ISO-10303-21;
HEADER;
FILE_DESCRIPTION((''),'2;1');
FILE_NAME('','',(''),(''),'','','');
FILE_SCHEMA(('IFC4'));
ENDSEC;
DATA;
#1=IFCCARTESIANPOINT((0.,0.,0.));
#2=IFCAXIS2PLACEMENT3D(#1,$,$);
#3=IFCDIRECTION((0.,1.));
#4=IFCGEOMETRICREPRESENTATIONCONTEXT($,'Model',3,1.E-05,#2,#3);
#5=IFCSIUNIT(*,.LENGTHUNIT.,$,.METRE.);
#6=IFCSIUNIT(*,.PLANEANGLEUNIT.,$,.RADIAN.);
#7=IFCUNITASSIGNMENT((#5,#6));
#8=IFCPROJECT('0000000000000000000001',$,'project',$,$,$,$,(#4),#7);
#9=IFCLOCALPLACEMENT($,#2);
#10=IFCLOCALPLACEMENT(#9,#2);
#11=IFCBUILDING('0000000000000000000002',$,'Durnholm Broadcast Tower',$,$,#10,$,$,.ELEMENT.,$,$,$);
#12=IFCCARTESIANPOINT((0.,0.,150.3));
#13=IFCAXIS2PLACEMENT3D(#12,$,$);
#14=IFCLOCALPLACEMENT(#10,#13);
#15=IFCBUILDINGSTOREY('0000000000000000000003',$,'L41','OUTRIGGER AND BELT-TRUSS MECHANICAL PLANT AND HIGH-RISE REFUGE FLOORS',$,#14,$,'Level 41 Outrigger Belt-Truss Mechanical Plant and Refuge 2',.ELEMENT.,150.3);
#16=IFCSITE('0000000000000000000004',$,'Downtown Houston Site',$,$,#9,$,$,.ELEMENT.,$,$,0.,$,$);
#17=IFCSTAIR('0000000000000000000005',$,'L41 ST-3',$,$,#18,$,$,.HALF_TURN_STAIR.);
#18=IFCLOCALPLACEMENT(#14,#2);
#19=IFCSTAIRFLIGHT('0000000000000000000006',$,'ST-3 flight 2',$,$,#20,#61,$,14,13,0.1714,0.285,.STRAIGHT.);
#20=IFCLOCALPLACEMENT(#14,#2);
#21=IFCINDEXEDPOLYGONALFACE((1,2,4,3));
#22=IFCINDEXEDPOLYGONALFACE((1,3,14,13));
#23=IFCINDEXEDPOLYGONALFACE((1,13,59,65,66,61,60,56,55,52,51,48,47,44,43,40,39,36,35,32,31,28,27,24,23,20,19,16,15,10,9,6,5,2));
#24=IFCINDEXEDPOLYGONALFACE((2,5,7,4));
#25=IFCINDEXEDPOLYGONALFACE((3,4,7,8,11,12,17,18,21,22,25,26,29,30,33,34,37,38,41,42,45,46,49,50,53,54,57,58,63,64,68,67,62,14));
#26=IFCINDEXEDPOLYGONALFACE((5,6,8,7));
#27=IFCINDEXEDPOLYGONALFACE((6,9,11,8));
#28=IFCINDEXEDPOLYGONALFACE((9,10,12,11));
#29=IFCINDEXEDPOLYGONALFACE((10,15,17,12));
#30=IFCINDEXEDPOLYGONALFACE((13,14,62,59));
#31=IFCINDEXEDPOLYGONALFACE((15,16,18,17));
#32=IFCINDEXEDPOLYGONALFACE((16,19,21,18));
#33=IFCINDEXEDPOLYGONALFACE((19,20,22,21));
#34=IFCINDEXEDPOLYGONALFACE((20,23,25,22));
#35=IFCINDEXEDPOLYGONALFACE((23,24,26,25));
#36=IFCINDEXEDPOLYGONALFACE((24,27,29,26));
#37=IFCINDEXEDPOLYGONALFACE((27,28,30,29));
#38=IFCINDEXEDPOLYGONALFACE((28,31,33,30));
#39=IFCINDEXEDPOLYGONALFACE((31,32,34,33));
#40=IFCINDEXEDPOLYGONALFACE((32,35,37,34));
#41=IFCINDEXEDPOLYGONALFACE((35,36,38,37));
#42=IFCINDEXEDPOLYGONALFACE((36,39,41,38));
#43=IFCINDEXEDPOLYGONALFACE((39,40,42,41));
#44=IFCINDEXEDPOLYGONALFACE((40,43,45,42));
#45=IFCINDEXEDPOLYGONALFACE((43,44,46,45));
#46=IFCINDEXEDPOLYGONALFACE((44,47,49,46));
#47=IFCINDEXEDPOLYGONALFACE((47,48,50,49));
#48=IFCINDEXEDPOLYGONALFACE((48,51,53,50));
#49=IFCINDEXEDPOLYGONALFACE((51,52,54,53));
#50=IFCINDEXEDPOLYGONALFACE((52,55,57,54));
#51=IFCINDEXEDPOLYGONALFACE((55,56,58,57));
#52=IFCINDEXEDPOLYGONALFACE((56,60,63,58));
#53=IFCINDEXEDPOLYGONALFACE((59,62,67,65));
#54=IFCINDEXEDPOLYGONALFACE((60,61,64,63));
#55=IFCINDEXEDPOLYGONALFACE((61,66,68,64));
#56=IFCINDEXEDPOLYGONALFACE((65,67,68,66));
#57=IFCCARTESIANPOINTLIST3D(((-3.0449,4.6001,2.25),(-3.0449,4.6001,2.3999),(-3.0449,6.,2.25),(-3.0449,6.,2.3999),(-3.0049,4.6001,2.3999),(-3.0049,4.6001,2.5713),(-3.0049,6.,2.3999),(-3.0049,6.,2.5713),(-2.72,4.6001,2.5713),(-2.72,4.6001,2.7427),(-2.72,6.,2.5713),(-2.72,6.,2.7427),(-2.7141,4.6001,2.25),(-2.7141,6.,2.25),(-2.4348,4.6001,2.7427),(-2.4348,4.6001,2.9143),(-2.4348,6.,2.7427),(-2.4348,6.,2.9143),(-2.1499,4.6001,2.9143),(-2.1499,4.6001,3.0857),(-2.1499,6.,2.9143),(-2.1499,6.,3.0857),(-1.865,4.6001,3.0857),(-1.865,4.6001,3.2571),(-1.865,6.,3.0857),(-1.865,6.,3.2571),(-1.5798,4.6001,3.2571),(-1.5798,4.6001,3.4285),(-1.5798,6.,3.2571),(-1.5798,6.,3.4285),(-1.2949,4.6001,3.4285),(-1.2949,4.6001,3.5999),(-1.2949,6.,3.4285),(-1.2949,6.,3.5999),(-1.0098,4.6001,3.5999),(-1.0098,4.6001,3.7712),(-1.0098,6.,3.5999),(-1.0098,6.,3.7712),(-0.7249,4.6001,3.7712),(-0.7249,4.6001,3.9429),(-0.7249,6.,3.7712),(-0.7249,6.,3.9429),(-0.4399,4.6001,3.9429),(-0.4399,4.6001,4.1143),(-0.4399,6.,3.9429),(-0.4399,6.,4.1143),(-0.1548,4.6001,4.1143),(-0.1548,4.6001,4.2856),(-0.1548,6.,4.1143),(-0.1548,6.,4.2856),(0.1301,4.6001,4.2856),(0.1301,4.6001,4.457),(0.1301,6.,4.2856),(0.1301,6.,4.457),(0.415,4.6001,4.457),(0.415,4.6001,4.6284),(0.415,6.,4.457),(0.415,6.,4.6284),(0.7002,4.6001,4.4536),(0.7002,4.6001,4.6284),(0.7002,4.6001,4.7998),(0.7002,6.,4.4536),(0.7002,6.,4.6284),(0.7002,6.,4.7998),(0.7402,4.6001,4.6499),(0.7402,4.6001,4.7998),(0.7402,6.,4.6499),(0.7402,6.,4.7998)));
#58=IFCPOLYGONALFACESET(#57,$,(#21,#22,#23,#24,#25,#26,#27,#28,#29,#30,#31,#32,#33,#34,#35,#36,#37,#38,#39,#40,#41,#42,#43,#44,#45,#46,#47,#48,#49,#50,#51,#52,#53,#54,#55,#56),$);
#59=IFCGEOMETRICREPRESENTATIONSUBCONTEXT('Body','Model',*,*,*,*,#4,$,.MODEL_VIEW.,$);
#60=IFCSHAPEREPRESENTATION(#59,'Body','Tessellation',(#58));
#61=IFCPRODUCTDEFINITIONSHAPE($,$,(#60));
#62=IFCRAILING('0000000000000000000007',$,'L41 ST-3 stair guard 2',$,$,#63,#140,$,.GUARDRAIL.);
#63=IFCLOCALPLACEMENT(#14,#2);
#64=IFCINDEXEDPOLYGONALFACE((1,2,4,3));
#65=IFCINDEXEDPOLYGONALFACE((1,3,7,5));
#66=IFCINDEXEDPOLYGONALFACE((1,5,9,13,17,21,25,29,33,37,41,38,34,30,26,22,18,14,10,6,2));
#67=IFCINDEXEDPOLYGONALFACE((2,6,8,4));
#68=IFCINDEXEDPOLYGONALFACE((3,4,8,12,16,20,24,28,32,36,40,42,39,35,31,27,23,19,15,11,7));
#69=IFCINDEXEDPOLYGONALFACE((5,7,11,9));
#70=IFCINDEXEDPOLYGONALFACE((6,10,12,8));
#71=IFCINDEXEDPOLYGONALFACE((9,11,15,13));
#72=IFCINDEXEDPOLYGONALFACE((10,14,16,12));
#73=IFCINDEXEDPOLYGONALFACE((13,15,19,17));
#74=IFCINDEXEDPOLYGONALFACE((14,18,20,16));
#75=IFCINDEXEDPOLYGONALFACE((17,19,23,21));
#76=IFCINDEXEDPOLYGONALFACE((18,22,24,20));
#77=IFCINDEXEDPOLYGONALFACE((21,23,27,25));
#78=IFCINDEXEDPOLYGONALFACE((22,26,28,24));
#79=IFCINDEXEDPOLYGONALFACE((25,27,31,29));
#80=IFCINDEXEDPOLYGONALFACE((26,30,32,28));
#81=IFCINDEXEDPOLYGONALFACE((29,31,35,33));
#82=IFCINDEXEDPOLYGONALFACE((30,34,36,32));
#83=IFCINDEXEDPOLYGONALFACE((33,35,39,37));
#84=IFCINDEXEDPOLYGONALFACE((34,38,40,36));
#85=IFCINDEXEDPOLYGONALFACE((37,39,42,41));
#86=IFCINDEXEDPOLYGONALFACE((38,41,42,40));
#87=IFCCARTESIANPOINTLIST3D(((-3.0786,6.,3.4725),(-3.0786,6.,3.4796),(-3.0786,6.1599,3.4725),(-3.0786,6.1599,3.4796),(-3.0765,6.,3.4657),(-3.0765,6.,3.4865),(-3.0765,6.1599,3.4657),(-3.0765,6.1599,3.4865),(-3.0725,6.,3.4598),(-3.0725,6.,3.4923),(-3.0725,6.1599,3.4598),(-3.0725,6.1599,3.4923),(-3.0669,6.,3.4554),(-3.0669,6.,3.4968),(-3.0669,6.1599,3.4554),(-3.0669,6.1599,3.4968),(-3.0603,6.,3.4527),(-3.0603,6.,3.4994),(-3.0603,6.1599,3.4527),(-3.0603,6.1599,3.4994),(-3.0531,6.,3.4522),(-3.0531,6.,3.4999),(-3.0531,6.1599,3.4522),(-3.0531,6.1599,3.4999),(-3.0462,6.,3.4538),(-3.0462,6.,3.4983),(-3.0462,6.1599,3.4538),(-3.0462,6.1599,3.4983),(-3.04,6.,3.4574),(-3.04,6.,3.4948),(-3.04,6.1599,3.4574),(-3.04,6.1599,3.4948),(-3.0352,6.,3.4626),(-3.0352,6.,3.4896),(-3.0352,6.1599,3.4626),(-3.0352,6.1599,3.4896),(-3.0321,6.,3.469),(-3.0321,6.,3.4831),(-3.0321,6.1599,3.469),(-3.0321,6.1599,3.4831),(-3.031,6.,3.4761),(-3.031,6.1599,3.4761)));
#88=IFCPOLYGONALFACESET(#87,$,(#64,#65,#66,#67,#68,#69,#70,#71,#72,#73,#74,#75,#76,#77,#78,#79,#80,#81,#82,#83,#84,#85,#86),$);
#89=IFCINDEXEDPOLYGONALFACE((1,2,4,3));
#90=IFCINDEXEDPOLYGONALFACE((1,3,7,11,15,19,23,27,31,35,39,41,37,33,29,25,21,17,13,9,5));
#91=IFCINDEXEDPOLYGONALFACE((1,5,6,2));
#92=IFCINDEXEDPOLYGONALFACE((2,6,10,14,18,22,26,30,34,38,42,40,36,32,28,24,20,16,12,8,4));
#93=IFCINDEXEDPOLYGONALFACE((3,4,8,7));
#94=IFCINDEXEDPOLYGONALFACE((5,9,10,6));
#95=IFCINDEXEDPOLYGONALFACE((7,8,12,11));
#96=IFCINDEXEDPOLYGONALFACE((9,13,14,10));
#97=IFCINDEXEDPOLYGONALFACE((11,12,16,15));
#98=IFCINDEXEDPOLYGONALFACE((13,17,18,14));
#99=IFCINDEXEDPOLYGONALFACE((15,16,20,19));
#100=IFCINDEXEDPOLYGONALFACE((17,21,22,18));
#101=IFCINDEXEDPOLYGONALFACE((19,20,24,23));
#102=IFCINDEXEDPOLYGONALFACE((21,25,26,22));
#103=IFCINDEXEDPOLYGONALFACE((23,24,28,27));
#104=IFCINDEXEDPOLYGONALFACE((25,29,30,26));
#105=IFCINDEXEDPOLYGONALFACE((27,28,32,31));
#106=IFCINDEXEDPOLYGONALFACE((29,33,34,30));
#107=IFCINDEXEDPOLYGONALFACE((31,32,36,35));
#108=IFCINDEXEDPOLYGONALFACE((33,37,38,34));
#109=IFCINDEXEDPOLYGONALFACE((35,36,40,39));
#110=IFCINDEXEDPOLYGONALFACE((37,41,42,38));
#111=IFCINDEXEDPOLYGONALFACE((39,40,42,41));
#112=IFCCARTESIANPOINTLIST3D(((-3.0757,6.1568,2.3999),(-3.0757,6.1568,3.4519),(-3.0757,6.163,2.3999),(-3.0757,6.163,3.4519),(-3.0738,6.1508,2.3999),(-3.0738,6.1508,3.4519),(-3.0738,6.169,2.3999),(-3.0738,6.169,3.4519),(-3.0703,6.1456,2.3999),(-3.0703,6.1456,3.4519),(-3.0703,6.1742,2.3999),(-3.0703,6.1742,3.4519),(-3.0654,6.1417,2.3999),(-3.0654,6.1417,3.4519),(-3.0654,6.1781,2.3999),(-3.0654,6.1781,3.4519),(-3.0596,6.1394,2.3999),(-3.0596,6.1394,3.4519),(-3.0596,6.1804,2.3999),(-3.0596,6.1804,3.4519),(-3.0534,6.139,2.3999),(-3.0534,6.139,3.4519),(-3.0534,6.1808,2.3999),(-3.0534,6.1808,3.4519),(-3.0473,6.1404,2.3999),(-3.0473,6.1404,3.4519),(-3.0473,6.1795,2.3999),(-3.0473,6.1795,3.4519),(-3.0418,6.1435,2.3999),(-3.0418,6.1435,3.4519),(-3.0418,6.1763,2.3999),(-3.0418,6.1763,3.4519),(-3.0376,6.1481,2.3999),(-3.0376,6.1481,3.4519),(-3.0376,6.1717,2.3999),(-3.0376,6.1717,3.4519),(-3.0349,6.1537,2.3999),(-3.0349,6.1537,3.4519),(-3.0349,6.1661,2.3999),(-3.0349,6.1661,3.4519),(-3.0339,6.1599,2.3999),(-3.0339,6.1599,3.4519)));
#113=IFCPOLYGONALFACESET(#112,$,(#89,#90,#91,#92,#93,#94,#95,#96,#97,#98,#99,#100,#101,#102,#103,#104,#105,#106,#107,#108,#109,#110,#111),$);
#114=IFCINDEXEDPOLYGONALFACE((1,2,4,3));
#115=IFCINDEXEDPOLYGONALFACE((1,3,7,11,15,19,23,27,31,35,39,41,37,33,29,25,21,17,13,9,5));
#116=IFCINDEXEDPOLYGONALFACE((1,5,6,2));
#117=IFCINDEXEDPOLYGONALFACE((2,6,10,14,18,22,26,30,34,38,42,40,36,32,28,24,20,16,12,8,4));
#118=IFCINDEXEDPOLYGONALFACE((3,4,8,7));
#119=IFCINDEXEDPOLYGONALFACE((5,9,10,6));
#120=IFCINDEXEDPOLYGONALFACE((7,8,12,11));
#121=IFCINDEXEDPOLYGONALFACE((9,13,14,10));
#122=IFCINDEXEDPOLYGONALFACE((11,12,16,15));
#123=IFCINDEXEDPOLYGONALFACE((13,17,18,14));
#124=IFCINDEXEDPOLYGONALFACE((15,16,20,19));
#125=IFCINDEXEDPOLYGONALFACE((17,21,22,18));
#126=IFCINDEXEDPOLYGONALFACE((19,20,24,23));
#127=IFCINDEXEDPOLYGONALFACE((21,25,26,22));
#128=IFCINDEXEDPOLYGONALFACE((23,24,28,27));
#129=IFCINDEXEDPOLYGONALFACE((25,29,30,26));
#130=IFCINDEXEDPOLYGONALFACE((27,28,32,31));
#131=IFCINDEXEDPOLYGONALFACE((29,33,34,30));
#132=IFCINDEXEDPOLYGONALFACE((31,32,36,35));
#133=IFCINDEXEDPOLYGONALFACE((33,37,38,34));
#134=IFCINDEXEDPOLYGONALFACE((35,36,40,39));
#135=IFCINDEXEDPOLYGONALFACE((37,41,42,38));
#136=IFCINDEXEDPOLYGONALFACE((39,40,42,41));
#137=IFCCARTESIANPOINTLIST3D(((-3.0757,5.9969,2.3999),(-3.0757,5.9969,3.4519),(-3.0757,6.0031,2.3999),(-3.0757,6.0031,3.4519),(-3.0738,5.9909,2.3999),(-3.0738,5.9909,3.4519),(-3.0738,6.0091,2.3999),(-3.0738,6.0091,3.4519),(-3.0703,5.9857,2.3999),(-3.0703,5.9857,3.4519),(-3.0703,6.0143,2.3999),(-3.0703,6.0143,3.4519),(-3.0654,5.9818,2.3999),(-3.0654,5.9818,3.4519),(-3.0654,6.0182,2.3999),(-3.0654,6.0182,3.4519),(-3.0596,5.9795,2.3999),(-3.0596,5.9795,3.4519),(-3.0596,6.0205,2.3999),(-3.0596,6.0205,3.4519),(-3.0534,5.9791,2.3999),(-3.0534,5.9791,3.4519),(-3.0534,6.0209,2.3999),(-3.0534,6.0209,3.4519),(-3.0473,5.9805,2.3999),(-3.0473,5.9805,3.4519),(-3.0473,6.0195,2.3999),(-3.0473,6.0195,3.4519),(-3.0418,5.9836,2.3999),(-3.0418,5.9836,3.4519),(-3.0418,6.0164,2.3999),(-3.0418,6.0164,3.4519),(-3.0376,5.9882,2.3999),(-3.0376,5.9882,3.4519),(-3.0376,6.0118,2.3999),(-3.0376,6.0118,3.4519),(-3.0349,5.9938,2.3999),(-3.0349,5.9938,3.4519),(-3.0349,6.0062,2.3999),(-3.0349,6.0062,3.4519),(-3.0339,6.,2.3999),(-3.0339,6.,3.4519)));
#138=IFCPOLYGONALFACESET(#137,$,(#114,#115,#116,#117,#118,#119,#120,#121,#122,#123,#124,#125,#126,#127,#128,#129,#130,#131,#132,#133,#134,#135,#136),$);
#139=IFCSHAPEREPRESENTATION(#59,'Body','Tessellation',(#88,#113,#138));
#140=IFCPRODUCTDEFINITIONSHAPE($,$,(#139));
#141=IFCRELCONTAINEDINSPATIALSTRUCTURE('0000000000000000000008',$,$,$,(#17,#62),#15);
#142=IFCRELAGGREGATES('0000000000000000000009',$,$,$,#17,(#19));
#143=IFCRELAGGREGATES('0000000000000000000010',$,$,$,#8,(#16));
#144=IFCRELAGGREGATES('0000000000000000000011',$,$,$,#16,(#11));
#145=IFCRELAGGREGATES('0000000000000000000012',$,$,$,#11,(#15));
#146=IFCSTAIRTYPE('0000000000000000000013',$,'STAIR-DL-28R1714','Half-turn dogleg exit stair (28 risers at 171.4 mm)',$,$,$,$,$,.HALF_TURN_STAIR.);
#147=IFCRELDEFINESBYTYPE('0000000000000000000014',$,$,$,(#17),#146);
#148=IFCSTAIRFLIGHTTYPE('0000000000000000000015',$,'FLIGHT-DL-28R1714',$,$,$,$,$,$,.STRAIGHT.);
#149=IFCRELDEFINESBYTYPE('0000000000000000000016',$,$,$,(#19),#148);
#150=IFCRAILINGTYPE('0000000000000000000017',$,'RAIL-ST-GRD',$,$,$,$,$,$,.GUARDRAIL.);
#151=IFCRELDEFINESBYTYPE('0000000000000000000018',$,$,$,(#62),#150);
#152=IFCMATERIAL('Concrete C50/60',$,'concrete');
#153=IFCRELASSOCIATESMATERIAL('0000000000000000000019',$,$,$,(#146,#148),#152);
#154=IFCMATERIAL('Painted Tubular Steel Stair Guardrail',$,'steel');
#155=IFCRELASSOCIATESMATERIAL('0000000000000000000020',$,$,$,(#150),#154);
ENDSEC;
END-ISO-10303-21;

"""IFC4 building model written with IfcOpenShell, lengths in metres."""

from ifc_helpers import new_model, si_unit, direction, frame, origin, origin_2d, place, context, subcontext, project, spatial, polyline, circle, outline, extrude, material, type_object, element, aggregate, save


model = new_model("IFC4")

# Units and contexts
model_context = context("Model", 3, precision=1e-05, world=origin(), true_north=direction((0.0, 1.0)))
body_context = subcontext(model_context, "Body", "Model", "MODEL_VIEW")
ifc_project = project(units=[si_unit("LENGTHUNIT", "METRE"), si_unit("PLANEANGLEUNIT", "RADIAN")], contexts=[model_context])

# Site, building, storey
site_placement = place(None, origin())
site = spatial("IfcSite", under=ifc_project, at=site_placement, Name="Downtown Houston Site", CompositionType="ELEMENT", RefElevation=0.0)
building_placement = place(site_placement, origin())
building = spatial("IfcBuilding", under=site, at=building_placement, Name="Durnholm Broadcast Tower", CompositionType="ELEMENT")
storey_placement = place(building_placement, frame((0.0, 0.0, 150.3)))
storey = spatial("IfcBuildingStorey", under=building, at=storey_placement, Name="L41", Description="OUTRIGGER AND BELT-TRUSS MECHANICAL PLANT AND HIGH-RISE REFUGE FLOORS", LongName="Level 41 Outrigger Belt-Truss Mechanical Plant and Refuge 2", CompositionType="ELEMENT", Elevation=150.3)

# Stair
ifc_material_1 = material(Name="Concrete C50/60", Category="concrete")
stair_type = type_object("IfcStairType", Name="STAIR-DL-28R1714", Description="Half-turn dogleg exit stair (28 risers at 171.4 mm)", PredefinedType="HALF_TURN_STAIR", material=ifc_material_1)
stair_1_placement = place(storey_placement, origin())
stair_1 = element("IfcStair", 1, at=stair_1_placement, inside=storey, type_object=stair_type, Name="L41 ST-3", PredefinedType="HALF_TURN_STAIR")

# Stair flight
stair_flight_type = type_object("IfcStairFlightType", Name="FLIGHT-DL-28R1714", PredefinedType="STRAIGHT", material=ifc_material_1)
stair_flight_placement = place(storey_placement, frame((-3.0049, 5.3, 2.3999), z_axis=(0.0, 0.0, 1.0), x_axis=(1.0, 0.0, 0.0)))
stair_flight = element("IfcStairFlight", 2, at=stair_flight_placement, type_object=stair_flight_type, Name="ST-3 flight 2", NumberOfRisers=14, NumberOfTreads=13, PredefinedType="STRAIGHT", RiserHeight=0.1714, TreadLength=0.285, context=body_context, shape_type="SweptSolid", body=[
    extrude(outline(polyline([(-0.04, -0.1499), (-0.04, 0.0), (0.0, 0.0), (0.0, 0.1714), (0.2849, 0.1714), (0.2849, 0.3428), (0.5701, 0.3428), (0.5701, 0.5144), (0.855, 0.5144), (0.855, 0.6858), (1.1399, 0.6858), (1.1399, 0.8572), (1.425, 0.8572), (1.425, 1.0286), (1.71, 1.0286), (1.71, 1.2), (1.9951, 1.2), (1.9951, 1.3713), (2.28, 1.3713), (2.28, 1.543), (2.5649, 1.543), (2.5649, 1.7144), (2.8501, 1.7144), (2.8501, 1.8857), (3.135, 1.8857), (3.135, 2.0571), (3.4199, 2.0571), (3.4199, 2.2285), (3.7051, 2.2285), (3.7051, 2.3999), (3.7451, 2.3999), (3.7451, 2.25), (3.7051, 2.0537), (0.2908, -0.1499), (-0.04, -0.1499)])), frame((0.0, 0.7, 0.0), z_axis=(0.0, -1.0, 0.0), x_axis=(1.0, 0.0, 0.0)), (0.0, 0.0, 1.0), 1.3999),
])
aggregate(stair_1, [stair_flight])

# Railing
ifc_material_2 = material(Name="Painted Tubular Steel Stair Guardrail", Category="steel")
railing_type_1 = type_object("IfcRailingType", Name="RAIL-ST-GRD", PredefinedType="GUARDRAIL", material=ifc_material_2)
railing_1_placement = place(storey_placement, frame((-3.0549, 6.1599, 2.3999)))
element("IfcRailing", 3, at=railing_1_placement, inside=storey, type_object=railing_type_1, Name="L41 ST-3 stair guard 2", PredefinedType="GUARDRAIL", context=body_context, shape_type="SweptSolid", body=[
    extrude(circle(Radius=0.0239, at=origin_2d()), frame((0.0, 0.0, 1.0762), z_axis=(0.0, -1.0, 0.0), x_axis=(1.0, 0.0, 0.0)), (0.0, 0.0, 1.0), 0.1599),
    extrude(circle(Radius=0.021, at=origin_2d()), origin(), (0.0, 0.0, 1.0), 1.052),
    extrude(circle(Radius=0.021, at=origin_2d()), frame((0.0, -0.1599, 0.0)), (0.0, 0.0, 1.0), 1.052),
])

save(model, "model.ifc")
